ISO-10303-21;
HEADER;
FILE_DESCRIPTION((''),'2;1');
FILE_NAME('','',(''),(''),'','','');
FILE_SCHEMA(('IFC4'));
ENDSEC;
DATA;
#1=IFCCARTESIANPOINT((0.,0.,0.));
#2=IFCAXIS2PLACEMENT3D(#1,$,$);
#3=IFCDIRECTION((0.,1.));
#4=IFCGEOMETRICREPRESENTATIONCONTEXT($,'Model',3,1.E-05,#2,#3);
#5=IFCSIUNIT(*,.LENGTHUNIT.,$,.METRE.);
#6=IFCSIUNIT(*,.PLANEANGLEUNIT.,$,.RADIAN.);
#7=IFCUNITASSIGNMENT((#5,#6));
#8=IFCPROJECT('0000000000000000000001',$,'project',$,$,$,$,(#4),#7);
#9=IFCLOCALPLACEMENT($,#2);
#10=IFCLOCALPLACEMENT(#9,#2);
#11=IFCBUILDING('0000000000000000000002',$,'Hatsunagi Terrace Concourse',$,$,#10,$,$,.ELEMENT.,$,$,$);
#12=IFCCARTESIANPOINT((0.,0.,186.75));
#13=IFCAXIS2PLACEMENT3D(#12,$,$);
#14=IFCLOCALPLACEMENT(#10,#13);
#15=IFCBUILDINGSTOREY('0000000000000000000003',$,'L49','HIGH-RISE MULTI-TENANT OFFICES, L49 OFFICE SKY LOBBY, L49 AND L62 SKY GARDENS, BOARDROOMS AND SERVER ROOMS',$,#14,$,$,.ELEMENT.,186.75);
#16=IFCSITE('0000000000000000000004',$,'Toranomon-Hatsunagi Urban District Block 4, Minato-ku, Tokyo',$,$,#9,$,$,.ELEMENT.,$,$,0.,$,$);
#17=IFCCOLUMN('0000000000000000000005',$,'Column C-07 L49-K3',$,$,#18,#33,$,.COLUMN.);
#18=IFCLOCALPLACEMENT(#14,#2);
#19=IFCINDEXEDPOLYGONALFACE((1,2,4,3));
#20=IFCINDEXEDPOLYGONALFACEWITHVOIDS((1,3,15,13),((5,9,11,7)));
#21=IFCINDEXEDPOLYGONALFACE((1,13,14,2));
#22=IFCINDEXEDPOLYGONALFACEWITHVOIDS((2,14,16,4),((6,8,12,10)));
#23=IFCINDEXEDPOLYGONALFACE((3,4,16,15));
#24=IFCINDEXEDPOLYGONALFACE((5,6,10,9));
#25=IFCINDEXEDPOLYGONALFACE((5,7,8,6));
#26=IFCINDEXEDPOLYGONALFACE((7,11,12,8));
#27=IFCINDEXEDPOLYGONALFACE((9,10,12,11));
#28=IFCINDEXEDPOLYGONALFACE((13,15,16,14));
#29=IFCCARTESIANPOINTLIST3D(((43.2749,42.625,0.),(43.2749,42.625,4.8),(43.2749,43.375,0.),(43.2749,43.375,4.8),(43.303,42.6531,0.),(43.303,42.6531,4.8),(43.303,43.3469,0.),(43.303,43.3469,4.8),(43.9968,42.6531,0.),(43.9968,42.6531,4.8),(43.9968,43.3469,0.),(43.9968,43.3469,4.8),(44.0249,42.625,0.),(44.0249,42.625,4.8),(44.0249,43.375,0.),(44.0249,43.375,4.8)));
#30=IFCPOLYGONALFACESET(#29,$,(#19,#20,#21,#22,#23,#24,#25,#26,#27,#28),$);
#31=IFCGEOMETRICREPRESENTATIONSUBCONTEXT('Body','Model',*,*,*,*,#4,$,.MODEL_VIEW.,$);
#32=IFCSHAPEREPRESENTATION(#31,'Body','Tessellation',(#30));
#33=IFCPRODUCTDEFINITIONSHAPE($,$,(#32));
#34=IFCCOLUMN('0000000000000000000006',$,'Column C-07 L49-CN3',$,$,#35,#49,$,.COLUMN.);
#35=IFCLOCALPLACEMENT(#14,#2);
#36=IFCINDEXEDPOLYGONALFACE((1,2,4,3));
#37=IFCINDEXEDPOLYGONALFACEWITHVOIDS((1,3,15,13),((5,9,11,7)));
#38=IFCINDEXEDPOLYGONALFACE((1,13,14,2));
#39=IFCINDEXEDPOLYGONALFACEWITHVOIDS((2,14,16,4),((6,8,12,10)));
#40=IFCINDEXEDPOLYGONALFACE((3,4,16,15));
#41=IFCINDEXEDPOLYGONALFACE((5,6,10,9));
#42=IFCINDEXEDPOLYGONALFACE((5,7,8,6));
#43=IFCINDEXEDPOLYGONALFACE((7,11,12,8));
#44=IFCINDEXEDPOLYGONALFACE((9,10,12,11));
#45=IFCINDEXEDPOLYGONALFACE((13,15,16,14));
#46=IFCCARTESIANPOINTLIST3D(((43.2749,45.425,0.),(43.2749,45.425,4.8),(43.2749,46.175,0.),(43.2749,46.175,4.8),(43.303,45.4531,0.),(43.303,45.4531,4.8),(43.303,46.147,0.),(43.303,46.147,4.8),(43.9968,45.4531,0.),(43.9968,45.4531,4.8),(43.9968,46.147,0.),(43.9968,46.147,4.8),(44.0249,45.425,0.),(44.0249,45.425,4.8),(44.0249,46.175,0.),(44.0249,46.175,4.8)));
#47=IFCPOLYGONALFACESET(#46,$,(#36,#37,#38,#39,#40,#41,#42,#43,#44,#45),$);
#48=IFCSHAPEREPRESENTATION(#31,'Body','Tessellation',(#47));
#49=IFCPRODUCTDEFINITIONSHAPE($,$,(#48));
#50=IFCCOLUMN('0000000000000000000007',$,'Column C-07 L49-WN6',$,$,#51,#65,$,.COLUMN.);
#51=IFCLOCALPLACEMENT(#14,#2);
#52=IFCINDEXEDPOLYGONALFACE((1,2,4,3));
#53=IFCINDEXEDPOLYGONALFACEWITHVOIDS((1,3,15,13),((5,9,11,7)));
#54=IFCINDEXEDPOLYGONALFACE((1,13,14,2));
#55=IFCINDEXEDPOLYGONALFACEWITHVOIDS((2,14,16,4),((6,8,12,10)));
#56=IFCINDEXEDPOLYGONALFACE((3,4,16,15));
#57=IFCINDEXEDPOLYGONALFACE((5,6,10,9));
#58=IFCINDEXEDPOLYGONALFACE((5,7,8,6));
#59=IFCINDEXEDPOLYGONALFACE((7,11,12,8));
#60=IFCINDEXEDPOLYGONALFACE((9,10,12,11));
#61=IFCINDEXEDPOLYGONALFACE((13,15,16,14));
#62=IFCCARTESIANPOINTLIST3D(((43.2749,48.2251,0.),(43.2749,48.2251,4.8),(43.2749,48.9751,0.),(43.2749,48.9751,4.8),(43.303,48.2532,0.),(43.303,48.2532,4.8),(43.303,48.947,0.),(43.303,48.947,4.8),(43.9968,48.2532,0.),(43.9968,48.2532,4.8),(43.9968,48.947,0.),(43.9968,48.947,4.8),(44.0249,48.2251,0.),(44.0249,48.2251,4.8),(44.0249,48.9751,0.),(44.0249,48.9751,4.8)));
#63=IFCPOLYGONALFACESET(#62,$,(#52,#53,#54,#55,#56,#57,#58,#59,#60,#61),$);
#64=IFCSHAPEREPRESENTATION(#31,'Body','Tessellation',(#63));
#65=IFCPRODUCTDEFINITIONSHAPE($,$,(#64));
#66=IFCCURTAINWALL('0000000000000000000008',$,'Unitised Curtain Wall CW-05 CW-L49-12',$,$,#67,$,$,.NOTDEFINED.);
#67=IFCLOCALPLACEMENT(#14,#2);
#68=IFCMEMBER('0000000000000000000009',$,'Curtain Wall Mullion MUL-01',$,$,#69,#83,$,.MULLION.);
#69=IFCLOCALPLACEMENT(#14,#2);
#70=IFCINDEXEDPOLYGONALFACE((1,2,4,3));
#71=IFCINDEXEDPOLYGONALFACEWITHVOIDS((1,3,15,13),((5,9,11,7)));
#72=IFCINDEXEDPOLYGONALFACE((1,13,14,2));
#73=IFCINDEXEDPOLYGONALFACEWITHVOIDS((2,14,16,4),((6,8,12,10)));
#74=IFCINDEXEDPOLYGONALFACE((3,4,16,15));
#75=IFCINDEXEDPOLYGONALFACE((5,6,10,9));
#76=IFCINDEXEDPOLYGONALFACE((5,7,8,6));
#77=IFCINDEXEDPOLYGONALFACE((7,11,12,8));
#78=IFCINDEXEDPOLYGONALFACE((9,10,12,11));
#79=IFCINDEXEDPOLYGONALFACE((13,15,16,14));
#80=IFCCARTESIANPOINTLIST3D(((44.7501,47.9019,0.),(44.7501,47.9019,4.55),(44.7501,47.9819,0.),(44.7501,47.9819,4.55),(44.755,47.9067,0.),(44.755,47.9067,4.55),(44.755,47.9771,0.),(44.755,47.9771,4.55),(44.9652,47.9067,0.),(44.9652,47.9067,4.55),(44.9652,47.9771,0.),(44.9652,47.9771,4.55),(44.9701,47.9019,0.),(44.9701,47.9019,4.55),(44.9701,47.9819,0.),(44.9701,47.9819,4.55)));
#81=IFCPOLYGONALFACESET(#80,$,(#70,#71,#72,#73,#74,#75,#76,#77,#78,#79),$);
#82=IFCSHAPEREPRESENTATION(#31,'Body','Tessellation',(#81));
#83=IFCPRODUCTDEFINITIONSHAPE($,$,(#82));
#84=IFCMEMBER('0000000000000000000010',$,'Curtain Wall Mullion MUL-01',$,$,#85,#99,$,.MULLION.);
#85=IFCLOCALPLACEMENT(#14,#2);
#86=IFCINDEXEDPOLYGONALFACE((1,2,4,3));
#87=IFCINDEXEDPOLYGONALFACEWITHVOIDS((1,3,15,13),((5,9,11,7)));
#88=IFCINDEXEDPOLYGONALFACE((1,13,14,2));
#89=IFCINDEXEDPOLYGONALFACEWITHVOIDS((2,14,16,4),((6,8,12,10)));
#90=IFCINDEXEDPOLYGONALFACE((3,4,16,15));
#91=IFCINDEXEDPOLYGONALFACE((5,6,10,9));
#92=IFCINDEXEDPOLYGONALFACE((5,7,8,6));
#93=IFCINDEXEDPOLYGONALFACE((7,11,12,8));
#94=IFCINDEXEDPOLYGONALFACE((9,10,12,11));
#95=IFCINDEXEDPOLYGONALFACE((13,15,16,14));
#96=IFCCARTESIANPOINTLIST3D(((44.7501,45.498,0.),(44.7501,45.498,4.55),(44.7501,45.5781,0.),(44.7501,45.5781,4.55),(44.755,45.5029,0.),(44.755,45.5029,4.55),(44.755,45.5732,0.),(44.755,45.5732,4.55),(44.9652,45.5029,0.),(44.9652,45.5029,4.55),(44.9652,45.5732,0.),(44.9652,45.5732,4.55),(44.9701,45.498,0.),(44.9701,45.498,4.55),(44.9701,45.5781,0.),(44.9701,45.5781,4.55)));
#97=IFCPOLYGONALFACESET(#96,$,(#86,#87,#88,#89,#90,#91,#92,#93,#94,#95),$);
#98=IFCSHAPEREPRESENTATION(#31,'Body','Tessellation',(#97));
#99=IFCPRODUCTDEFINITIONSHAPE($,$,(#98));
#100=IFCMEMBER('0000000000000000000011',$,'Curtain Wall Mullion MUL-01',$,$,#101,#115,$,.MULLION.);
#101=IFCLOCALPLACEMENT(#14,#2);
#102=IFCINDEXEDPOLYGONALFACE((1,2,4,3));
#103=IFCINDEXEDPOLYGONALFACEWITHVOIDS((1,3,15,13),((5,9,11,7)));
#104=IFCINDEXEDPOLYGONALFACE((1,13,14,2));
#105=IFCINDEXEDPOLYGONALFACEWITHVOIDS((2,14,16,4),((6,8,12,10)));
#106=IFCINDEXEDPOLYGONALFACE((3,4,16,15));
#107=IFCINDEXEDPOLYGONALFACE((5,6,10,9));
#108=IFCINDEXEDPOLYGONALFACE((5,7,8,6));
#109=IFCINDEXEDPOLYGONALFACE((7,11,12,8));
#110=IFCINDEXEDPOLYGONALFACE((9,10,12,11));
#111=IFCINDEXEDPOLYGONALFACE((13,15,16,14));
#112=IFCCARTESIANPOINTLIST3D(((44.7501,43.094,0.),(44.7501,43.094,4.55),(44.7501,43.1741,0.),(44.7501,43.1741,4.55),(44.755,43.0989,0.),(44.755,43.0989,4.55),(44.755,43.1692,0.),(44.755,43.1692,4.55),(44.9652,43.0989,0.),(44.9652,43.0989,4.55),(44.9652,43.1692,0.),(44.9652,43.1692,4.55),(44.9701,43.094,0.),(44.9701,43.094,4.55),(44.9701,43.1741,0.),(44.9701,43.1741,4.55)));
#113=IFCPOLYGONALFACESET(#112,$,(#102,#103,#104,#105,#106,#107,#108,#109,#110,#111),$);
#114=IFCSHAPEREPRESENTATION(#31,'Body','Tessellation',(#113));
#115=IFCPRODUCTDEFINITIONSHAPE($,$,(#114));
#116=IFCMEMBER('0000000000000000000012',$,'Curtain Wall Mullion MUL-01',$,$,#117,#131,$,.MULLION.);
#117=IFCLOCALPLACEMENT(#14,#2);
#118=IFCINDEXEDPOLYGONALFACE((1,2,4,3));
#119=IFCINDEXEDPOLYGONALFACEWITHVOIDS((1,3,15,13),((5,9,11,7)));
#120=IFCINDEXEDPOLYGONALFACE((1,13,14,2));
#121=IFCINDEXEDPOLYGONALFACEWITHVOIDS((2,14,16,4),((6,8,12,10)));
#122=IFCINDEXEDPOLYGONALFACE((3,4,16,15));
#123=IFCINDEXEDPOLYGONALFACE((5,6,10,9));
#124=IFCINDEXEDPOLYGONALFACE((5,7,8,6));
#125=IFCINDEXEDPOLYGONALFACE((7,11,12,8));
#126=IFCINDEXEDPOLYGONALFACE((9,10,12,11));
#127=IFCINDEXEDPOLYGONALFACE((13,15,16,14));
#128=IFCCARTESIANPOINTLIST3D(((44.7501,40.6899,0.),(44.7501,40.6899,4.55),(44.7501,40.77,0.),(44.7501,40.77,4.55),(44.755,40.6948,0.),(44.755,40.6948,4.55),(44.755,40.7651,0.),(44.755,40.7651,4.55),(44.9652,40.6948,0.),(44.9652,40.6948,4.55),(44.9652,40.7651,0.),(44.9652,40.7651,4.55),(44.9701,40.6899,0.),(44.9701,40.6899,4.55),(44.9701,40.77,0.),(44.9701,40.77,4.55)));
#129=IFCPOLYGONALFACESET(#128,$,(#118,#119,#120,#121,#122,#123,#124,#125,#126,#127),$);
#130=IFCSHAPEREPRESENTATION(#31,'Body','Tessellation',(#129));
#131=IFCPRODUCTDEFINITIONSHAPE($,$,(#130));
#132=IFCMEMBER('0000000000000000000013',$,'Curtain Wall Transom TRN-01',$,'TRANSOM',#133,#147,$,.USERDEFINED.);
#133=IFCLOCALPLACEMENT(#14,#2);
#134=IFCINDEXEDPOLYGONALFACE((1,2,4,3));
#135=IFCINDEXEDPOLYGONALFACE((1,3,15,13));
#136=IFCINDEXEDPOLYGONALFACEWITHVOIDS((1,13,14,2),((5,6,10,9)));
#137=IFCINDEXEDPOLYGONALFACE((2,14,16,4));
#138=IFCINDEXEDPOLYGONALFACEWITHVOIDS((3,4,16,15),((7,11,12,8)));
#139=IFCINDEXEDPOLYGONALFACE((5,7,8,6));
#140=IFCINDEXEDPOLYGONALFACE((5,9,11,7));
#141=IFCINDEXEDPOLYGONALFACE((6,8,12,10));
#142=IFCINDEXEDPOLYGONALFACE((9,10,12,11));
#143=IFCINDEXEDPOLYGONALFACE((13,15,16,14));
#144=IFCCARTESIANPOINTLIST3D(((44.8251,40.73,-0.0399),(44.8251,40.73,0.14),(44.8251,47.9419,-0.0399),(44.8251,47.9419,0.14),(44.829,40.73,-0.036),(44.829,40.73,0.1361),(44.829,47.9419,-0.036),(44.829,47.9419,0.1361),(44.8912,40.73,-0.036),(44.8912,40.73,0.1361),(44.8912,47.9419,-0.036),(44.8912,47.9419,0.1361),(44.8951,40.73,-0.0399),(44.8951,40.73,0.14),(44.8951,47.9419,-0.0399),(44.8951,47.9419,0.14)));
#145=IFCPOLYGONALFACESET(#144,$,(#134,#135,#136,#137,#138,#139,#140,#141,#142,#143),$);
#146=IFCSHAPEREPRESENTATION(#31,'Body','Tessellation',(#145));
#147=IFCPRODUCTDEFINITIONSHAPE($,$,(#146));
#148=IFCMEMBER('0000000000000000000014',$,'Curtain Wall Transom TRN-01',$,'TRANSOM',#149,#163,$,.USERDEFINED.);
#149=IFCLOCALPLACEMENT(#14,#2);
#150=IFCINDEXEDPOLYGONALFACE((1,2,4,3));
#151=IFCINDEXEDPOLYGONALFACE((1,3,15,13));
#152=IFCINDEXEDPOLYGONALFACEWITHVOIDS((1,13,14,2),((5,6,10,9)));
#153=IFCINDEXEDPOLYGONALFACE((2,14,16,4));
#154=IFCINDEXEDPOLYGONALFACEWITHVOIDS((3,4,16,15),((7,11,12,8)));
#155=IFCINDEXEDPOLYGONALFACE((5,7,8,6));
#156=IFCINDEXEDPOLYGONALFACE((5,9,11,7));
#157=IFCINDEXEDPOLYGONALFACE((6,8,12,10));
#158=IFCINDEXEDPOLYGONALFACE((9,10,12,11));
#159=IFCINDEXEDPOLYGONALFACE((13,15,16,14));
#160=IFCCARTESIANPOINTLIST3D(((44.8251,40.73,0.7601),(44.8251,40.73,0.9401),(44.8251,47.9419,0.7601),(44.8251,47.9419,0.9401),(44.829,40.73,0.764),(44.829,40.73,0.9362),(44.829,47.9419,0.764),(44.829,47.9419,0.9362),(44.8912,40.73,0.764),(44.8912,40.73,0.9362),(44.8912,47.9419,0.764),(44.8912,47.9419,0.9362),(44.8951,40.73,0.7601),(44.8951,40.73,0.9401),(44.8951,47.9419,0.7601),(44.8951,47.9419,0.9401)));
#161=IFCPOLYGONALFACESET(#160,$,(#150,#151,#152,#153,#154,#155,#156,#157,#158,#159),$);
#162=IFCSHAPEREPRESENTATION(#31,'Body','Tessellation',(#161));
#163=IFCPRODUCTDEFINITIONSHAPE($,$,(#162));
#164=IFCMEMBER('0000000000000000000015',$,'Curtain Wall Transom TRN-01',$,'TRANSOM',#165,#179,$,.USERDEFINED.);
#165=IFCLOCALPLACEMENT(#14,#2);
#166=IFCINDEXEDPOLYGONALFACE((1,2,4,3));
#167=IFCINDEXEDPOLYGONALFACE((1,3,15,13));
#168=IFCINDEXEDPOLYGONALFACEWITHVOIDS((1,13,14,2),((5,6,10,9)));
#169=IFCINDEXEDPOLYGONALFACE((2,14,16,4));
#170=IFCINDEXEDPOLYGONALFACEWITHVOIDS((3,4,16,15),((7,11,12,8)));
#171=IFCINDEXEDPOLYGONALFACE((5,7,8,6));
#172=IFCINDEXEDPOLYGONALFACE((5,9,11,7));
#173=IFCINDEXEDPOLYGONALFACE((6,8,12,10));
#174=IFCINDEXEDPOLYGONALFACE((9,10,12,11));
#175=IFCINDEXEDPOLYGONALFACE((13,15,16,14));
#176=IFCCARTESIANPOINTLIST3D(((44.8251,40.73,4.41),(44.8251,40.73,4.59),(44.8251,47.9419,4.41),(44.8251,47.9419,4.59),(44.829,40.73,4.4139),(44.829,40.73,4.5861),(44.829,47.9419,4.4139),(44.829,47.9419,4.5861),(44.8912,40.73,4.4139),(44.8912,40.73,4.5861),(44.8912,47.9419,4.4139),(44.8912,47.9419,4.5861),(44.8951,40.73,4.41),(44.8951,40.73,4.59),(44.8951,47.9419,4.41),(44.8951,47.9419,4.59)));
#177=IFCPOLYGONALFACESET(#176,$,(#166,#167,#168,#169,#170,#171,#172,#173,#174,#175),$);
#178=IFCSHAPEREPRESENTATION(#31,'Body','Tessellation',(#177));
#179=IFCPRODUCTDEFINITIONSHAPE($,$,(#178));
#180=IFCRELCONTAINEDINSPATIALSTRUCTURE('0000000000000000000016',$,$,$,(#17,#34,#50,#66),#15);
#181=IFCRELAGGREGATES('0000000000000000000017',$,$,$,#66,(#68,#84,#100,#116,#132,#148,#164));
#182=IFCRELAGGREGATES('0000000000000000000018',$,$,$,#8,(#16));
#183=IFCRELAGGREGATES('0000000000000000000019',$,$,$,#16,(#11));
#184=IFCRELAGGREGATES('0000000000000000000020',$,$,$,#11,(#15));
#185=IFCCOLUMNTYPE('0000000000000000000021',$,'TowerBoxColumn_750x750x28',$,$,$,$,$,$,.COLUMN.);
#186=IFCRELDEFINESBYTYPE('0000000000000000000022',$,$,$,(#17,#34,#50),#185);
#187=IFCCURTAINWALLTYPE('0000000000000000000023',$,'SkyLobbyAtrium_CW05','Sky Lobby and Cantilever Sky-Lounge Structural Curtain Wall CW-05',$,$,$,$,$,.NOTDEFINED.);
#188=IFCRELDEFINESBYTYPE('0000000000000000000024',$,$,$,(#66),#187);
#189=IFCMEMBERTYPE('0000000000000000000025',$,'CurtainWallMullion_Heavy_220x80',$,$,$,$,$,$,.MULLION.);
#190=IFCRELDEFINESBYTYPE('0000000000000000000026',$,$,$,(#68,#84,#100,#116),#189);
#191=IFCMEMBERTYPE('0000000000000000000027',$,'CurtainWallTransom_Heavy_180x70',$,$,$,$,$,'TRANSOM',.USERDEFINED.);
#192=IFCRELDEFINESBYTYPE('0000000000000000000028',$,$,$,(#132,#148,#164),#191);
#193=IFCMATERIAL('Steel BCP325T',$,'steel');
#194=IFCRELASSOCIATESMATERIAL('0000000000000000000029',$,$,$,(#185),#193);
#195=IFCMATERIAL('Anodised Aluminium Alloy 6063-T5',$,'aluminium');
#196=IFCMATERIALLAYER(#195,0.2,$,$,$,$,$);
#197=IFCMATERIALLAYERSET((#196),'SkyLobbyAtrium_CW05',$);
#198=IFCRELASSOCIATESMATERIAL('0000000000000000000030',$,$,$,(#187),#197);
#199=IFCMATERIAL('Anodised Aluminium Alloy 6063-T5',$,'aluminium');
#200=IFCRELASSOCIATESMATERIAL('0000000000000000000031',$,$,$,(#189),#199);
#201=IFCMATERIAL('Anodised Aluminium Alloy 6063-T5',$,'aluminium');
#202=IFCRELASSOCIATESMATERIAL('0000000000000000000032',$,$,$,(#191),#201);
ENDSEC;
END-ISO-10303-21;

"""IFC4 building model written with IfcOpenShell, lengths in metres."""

from ifc_helpers import new_model, si_unit, direction, frame, origin, origin_2d, place, context, subcontext, project, spatial, hollow_rectangle, extrude, material, layer, layer_set, material_profile, profile_set, type_object, element, aggregate, save


model = new_model("IFC4")

# Units and contexts
model_context = context("Model", 3, precision=1e-05, world=origin(), true_north=direction((0.0, 1.0)))
body_context = subcontext(model_context, "Body", "Model", "MODEL_VIEW")
ifc_project = project(units=[si_unit("LENGTHUNIT", "METRE"), si_unit("PLANEANGLEUNIT", "RADIAN")], contexts=[model_context])

# Site, building, storey
site_placement = place(None, origin())
site = spatial("IfcSite", under=ifc_project, at=site_placement, Name="Toranomon-Hatsunagi Urban District Block 4, Minato-ku, Tokyo", CompositionType="ELEMENT", RefElevation=0.0)
building_placement = place(site_placement, origin())
building = spatial("IfcBuilding", under=site, at=building_placement, Name="Hatsunagi Terrace Concourse", CompositionType="ELEMENT")
storey_placement = place(building_placement, frame((0.0, 0.0, 186.75)))
storey = spatial("IfcBuildingStorey", under=building, at=storey_placement, Name="L49", Description="HIGH-RISE MULTI-TENANT OFFICES, L49 OFFICE SKY LOBBY, L49 AND L62 SKY GARDENS, BOARDROOMS AND SERVER ROOMS", CompositionType="ELEMENT", Elevation=186.75)

# Columns
ifc_material_1 = material(Name="Steel BCP325T", Category="steel")
ifc_material_profile_1 = material_profile(ifc_material_1, hollow_rectangle(XDim=0.75, YDim=0.75, WallThickness=0.0281, at=origin_2d()), Name="BCP-750x750x28")
ifc_profile_set_1 = profile_set([ifc_material_profile_1], Name="Steel BCP325T")
column_type = type_object("IfcColumnType", Name="TowerBoxColumn_750x750x28", PredefinedType="COLUMN", material=ifc_profile_set_1)
for number, where, z_axis, x_axis, name in (
    (1, (43.6499, 43.0, 0.0), (0.0, 0.0, 1.0), (1.0, 0.0, 0.0), "Column C-07 L49-K3"),
    (2, (43.6499, 45.8, 0.0), (0.0, 0.0, 1.0), (1.0, 0.0, 0.0), "Column C-07 L49-CN3"),
    (3, (43.6499, 48.6001, 0.0), (0.0, 0.0, 1.0), (1.0, 0.0, 0.0), "Column C-07 L49-WN6"),
):
    element("IfcColumn", number, at=place(storey_placement, frame(where, z_axis=z_axis, x_axis=x_axis)), inside=storey, type_object=column_type, Name=name, PredefinedType="COLUMN", context=body_context, shape_type="SweptSolid", body=[
        extrude(hollow_rectangle(XDim=0.75, YDim=0.75, WallThickness=0.0281, at=origin_2d()), origin(), (0.0, 0.0, 1.0), 4.8),
    ])

# Curtain wall, members
ifc_material_2 = material(Name="Anodised Aluminium Alloy 6063-T5", Category="aluminium")
ifc_layer_1 = layer(ifc_material_2, 0.2)
ifc_layer_set_1 = layer_set([ifc_layer_1], Name="SkyLobbyAtrium_CW05")
curtain_wall_type = type_object("IfcCurtainWallType", Name="SkyLobbyAtrium_CW05", Description="Sky Lobby and Cantilever Sky-Lounge Structural Curtain Wall CW-05", PredefinedType="NOTDEFINED", material=ifc_layer_set_1)
curtain_wall_placement = place(storey_placement, origin())
curtain_wall = element("IfcCurtainWall", 4, at=curtain_wall_placement, inside=storey, type_object=curtain_wall_type, Name="Unitised Curtain Wall CW-05 CW-L49-12", PredefinedType="NOTDEFINED")
ifc_material_3 = material(Name="Anodised Aluminium Alloy 6063-T5", Category="aluminium")
ifc_material_profile_2 = material_profile(ifc_material_3, hollow_rectangle(XDim=0.0801, YDim=0.22, WallThickness=0.0049, at=origin_2d()), Name="ALU-MUL-220x80x5")
ifc_profile_set_2 = profile_set([ifc_material_profile_2], Name="Anodised Aluminium Alloy 6063-T5")
member_type_1 = type_object("IfcMemberType", Name="CurtainWallMullion_Heavy_220x80", PredefinedType="MULLION", material=ifc_profile_set_2)
member_1_placement = place(storey_placement, frame((44.8601, 47.9419, 0.0), z_axis=(0.0, 0.0, 1.0), x_axis=(0.0, -1.0, 0.0)))
member_1 = element("IfcMember", 5, at=member_1_placement, type_object=member_type_1, Name="Curtain Wall Mullion MUL-01", PredefinedType="MULLION", context=body_context, shape_type="SweptSolid", body=[
    extrude(hollow_rectangle(XDim=0.0801, YDim=0.22, WallThickness=0.0049, at=origin_2d()), origin(), (0.0, 0.0, 1.0), 4.55),
])
member_2_placement = place(storey_placement, frame((44.8601, 45.5381, 0.0), z_axis=(0.0, 0.0, 1.0), x_axis=(0.0, -1.0, 0.0)))
member_2 = element("IfcMember", 6, at=member_2_placement, type_object=member_type_1, Name="Curtain Wall Mullion MUL-01", PredefinedType="MULLION", context=body_context, shape_type="SweptSolid", body=[
    extrude(hollow_rectangle(XDim=0.0801, YDim=0.22, WallThickness=0.0049, at=origin_2d()), origin(), (0.0, 0.0, 1.0), 4.55),
])
member_3_placement = place(storey_placement, frame((44.8601, 43.134, 0.0), z_axis=(0.0, 0.0, 1.0), x_axis=(0.0, -1.0, 0.0)))
member_3 = element("IfcMember", 7, at=member_3_placement, type_object=member_type_1, Name="Curtain Wall Mullion MUL-01", PredefinedType="MULLION", context=body_context, shape_type="SweptSolid", body=[
    extrude(hollow_rectangle(XDim=0.0801, YDim=0.22, WallThickness=0.0049, at=origin_2d()), origin(), (0.0, 0.0, 1.0), 4.55),
])
member_4_placement = place(storey_placement, frame((44.8601, 40.73, 0.0), z_axis=(0.0, 0.0, 1.0), x_axis=(0.0, -1.0, 0.0)))
member_4 = element("IfcMember", 8, at=member_4_placement, type_object=member_type_1, Name="Curtain Wall Mullion MUL-01", PredefinedType="MULLION", context=body_context, shape_type="SweptSolid", body=[
    extrude(hollow_rectangle(XDim=0.0801, YDim=0.22, WallThickness=0.0049, at=origin_2d()), origin(), (0.0, 0.0, 1.0), 4.55),
])
ifc_material_4 = material(Name="Anodised Aluminium Alloy 6063-T5", Category="aluminium")
ifc_material_profile_3 = material_profile(ifc_material_4, hollow_rectangle(XDim=0.0701, YDim=0.1799, WallThickness=0.0039, at=origin_2d()), Name="ALU-TRN-180x70x4")
ifc_profile_set_3 = profile_set([ifc_material_profile_3], Name="Anodised Aluminium Alloy 6063-T5")
member_type_2 = type_object("IfcMemberType", Name="CurtainWallTransom_Heavy_180x70", ElementType="TRANSOM", PredefinedType="USERDEFINED", material=ifc_profile_set_3)
member_5_placement = place(storey_placement, frame((44.8601, 47.9419, 0.05), z_axis=(0.0, -1.0, 0.0), x_axis=(1.0, 0.0, 0.0)))
member_5 = element("IfcMember", 9, at=member_5_placement, type_object=member_type_2, Name="Curtain Wall Transom TRN-01", ObjectType="TRANSOM", PredefinedType="USERDEFINED", context=body_context, shape_type="SweptSolid", body=[
    extrude(hollow_rectangle(XDim=0.0701, YDim=0.1799, WallThickness=0.0039, at=origin_2d()), origin(), (0.0, 0.0, 1.0), 7.2119),
])
member_6_placement = place(storey_placement, frame((44.8601, 47.9419, 0.8501), z_axis=(0.0, -1.0, 0.0), x_axis=(1.0, 0.0, 0.0)))
member_6 = element("IfcMember", 10, at=member_6_placement, type_object=member_type_2, Name="Curtain Wall Transom TRN-01", ObjectType="TRANSOM", PredefinedType="USERDEFINED", context=body_context, shape_type="SweptSolid", body=[
    extrude(hollow_rectangle(XDim=0.0701, YDim=0.1799, WallThickness=0.0039, at=origin_2d()), origin(), (0.0, 0.0, 1.0), 7.2119),
])
member_7_placement = place(storey_placement, frame((44.8601, 47.9419, 4.5), z_axis=(0.0, -1.0, 0.0), x_axis=(1.0, 0.0, 0.0)))
member_7 = element("IfcMember", 11, at=member_7_placement, type_object=member_type_2, Name="Curtain Wall Transom TRN-01", ObjectType="TRANSOM", PredefinedType="USERDEFINED", context=body_context, shape_type="SweptSolid", body=[
    extrude(hollow_rectangle(XDim=0.0701, YDim=0.1799, WallThickness=0.0039, at=origin_2d()), origin(), (0.0, 0.0, 1.0), 7.2119),
])

aggregate(curtain_wall, [member_1, member_2, member_3, member_4, member_5, member_6, member_7])

save(model, "model.ifc")
